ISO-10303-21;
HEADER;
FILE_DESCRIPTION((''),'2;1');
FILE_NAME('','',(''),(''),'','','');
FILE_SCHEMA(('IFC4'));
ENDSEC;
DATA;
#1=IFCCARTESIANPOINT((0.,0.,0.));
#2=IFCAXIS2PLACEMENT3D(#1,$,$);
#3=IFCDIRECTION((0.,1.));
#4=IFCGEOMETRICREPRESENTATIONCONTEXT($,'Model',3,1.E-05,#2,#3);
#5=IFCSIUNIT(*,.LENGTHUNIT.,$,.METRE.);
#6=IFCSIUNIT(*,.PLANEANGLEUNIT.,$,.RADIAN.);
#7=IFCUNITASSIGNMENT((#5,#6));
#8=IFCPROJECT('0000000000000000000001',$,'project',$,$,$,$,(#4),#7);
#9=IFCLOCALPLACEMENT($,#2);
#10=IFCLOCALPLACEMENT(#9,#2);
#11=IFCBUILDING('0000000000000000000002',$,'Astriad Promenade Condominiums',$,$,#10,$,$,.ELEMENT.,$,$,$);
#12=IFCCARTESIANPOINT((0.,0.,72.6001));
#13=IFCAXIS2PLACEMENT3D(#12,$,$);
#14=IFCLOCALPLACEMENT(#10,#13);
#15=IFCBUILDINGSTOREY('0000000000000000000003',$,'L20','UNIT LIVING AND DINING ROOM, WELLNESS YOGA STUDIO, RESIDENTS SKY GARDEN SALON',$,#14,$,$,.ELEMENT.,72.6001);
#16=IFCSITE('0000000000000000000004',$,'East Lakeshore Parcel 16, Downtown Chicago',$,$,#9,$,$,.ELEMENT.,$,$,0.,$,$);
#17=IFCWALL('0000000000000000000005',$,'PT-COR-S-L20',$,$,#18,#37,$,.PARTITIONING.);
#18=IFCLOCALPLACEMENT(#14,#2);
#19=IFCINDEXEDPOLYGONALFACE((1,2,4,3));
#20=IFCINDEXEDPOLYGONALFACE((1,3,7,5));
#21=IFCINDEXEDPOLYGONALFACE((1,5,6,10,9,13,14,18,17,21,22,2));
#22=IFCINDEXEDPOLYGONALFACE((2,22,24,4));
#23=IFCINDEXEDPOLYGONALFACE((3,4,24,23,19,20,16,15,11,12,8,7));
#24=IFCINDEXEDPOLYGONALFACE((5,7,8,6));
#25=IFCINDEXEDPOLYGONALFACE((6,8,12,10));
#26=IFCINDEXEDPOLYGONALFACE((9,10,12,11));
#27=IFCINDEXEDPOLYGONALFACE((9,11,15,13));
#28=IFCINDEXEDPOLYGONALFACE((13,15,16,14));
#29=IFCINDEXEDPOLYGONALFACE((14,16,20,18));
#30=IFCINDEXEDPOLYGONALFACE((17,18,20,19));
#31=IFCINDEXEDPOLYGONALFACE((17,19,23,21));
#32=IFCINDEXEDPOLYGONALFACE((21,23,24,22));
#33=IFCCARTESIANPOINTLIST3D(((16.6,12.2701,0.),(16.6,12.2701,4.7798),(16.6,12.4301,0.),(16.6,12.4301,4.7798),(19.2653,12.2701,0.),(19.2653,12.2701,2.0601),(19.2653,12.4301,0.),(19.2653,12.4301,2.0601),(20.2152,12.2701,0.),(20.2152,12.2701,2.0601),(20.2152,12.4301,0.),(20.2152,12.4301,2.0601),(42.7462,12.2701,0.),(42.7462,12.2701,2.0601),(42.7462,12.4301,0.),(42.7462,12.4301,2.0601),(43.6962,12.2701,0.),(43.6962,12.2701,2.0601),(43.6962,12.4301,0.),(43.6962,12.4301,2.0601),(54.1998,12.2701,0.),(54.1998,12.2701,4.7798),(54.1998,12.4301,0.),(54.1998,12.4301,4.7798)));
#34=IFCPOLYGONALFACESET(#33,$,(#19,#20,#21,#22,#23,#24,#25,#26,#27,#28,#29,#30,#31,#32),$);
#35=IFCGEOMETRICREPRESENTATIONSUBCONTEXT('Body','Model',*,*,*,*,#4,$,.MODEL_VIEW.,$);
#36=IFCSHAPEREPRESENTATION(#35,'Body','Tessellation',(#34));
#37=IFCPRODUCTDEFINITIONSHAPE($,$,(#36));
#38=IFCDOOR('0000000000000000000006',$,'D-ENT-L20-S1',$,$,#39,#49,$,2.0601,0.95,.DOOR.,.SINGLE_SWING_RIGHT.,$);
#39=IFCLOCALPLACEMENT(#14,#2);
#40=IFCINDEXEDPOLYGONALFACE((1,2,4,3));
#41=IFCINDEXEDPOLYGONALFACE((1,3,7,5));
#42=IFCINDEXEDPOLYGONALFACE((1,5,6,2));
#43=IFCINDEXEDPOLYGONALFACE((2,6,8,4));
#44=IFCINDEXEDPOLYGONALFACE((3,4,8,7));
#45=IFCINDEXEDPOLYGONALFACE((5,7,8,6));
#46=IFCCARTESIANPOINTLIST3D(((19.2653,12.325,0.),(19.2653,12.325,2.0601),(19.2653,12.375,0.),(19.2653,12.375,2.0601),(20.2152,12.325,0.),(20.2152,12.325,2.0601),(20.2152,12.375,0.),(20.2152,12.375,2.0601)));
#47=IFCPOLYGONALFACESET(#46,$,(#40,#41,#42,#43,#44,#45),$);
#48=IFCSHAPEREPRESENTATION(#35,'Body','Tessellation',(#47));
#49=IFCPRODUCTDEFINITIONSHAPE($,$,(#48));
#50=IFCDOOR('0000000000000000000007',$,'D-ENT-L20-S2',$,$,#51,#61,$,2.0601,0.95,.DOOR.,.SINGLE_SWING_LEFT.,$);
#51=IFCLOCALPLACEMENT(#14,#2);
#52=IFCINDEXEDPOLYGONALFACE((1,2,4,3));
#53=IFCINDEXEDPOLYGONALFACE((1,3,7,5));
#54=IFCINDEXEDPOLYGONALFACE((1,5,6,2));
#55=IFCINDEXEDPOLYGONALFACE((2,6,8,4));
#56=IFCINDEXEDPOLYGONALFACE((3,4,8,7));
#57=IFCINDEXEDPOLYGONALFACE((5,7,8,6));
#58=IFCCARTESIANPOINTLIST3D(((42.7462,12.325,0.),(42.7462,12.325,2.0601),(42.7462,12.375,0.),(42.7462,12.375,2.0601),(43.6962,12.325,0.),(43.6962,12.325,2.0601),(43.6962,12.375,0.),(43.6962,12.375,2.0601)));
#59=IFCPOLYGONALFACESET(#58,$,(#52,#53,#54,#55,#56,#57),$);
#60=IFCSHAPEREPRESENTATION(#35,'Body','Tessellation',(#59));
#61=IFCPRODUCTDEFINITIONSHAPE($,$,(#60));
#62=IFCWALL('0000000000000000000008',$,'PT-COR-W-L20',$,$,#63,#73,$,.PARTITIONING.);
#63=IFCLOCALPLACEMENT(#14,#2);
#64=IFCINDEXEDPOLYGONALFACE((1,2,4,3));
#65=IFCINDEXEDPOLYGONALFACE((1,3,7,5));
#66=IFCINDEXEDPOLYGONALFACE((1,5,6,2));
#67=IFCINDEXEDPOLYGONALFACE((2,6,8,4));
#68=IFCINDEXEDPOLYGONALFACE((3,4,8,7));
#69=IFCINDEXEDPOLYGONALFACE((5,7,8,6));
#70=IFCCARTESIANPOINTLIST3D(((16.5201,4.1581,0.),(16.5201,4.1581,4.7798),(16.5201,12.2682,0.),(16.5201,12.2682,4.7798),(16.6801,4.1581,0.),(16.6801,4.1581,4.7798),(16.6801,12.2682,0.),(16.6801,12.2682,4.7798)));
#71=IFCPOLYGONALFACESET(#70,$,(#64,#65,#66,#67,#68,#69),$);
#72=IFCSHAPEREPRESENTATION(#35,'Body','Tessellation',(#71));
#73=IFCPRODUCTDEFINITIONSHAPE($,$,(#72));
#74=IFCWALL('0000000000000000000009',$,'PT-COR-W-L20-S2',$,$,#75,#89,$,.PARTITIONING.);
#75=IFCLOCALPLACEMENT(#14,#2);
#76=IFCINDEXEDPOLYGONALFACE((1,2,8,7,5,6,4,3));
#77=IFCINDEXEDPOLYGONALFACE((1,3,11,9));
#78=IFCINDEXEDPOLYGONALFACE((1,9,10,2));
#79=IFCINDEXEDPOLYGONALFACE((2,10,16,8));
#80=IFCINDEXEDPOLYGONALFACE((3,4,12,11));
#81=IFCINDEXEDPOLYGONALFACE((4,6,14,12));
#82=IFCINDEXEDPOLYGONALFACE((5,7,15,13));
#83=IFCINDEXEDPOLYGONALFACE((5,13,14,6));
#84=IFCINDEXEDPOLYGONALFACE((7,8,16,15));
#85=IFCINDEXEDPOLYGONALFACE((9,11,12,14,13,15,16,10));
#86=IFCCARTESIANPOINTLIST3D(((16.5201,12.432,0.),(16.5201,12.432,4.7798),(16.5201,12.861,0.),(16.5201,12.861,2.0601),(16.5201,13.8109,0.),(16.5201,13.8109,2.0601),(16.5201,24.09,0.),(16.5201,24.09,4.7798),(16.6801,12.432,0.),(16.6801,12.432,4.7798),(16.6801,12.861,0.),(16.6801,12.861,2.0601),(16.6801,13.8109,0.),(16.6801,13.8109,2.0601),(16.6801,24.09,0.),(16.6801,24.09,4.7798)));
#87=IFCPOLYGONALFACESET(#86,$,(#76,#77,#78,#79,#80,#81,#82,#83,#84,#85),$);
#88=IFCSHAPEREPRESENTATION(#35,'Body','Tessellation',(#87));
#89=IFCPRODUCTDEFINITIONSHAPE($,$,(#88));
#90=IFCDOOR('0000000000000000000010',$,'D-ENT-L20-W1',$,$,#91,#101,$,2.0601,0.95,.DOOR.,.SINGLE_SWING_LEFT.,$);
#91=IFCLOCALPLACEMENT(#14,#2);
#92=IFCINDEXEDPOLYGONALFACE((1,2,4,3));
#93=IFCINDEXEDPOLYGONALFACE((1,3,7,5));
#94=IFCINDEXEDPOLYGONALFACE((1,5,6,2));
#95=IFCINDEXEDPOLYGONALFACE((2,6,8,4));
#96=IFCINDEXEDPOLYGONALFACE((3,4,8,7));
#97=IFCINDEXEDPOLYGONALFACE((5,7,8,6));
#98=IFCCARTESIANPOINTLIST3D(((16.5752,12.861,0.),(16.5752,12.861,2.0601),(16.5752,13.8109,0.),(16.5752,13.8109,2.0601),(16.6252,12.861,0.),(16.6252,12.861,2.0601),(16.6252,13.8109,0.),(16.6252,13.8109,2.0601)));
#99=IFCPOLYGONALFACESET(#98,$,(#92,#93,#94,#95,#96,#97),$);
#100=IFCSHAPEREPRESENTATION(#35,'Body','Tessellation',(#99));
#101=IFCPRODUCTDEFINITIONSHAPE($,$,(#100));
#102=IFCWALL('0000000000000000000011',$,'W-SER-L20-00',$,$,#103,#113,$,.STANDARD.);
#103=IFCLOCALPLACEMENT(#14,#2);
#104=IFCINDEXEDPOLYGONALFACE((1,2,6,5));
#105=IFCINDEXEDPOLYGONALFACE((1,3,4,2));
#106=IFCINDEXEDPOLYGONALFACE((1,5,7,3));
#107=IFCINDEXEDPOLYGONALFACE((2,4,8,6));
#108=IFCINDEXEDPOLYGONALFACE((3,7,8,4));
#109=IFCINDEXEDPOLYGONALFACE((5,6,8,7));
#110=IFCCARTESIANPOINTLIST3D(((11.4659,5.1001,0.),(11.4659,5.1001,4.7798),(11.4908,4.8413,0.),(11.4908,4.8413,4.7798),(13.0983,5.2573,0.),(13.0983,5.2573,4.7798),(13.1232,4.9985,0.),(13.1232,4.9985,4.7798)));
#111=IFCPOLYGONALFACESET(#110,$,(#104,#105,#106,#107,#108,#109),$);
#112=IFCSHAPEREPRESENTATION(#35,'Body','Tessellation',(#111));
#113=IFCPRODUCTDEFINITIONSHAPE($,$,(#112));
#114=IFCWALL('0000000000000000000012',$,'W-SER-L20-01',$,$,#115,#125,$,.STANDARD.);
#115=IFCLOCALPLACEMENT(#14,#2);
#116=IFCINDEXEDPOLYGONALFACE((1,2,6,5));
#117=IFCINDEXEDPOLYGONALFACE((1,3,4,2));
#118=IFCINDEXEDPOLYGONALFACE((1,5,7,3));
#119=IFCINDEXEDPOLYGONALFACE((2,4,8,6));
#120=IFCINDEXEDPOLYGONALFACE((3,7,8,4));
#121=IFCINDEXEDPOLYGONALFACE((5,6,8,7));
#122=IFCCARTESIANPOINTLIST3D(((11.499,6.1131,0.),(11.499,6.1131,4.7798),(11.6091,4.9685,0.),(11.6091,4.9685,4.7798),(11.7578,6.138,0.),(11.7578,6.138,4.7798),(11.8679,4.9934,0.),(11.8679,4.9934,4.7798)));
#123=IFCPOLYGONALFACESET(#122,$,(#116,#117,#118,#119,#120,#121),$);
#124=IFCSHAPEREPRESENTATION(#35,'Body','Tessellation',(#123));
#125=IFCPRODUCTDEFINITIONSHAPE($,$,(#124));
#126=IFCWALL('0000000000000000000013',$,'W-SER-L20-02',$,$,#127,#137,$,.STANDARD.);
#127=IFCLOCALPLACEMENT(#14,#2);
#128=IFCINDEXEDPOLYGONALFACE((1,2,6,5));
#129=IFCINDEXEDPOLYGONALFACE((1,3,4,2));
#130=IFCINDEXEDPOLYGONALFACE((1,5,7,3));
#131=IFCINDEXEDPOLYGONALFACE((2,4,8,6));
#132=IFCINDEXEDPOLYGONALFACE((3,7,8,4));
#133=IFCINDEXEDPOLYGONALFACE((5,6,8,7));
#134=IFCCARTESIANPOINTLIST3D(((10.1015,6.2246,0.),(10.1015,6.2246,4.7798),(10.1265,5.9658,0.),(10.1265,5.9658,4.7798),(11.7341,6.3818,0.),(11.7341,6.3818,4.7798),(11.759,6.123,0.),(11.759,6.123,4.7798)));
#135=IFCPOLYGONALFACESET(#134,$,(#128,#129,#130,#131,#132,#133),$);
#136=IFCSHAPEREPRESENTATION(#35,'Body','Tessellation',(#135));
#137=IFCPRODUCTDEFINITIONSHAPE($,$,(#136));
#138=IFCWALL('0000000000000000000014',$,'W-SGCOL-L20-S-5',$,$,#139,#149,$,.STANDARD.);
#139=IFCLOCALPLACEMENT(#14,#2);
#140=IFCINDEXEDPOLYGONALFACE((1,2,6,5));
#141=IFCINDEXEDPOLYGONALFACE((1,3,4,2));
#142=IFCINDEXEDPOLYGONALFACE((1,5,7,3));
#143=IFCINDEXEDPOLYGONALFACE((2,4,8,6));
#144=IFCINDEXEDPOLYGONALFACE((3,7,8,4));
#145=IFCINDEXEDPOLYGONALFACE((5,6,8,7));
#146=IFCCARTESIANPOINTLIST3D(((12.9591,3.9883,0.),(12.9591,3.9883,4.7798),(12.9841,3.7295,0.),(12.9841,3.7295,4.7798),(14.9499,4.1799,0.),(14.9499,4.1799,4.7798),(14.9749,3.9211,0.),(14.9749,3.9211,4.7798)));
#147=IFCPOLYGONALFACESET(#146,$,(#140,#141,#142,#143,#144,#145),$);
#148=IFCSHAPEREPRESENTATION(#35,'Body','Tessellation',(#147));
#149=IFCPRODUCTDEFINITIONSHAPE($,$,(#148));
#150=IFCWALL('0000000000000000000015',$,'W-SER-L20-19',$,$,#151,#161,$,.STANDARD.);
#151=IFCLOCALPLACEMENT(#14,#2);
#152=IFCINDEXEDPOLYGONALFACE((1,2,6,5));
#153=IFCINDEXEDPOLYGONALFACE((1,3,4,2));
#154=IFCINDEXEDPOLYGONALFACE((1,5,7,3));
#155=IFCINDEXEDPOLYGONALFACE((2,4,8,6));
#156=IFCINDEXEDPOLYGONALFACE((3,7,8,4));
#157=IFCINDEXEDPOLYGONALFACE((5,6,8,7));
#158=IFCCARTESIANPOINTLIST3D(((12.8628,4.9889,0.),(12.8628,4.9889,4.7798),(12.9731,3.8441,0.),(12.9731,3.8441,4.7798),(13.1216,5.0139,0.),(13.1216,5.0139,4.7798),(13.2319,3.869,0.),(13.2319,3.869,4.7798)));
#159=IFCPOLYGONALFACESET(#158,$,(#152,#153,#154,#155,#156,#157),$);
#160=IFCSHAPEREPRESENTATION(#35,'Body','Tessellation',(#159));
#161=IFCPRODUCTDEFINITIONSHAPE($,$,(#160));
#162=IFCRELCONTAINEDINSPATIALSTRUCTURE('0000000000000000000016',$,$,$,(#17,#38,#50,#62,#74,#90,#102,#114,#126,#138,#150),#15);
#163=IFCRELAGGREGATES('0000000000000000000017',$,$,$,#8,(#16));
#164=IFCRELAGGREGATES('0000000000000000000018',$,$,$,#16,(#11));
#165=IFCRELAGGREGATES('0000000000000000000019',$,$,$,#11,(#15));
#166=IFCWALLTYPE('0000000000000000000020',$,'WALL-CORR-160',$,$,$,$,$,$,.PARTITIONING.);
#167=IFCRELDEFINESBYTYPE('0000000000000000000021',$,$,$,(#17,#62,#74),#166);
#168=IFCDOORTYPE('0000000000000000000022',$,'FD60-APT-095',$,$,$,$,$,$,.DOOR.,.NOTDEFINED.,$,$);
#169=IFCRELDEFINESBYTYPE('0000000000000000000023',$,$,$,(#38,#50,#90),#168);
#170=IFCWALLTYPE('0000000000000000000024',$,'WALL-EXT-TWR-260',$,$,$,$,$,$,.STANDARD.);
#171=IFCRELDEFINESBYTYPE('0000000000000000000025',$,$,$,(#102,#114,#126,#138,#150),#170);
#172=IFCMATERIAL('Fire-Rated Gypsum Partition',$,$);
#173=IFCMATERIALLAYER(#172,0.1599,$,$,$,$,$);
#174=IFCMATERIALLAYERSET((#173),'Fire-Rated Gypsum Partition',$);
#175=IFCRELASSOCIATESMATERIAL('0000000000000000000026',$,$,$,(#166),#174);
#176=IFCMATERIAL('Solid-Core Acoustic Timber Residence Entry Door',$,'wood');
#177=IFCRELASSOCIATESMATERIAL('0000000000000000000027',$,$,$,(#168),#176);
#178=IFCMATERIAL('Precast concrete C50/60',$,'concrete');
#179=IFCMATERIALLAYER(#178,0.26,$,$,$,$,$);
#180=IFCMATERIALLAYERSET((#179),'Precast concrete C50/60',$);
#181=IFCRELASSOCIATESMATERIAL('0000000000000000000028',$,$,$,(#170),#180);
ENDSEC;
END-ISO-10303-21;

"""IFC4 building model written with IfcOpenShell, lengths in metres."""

from ifc_helpers import new_model, si_unit, direction, frame, frame_2d, origin, place, context, subcontext, project, spatial, rectangle, extrude, source, transform, mapped, material, layer, layer_set, type_object, type_shapes, element, fill, save


model = new_model("IFC4")

# Units and contexts
model_context = context("Model", 3, precision=1e-05, world=origin(), true_north=direction((0.0, 1.0)))
body_context = subcontext(model_context, "Body", "Model", "MODEL_VIEW")
ifc_project = project(units=[si_unit("LENGTHUNIT", "METRE"), si_unit("PLANEANGLEUNIT", "RADIAN")], contexts=[model_context])

# Site, building, storey
site_placement = place(None, origin())
site = spatial("IfcSite", under=ifc_project, at=site_placement, Name="East Lakeshore Parcel 16, Downtown Chicago", CompositionType="ELEMENT", RefElevation=0.0)
building_placement = place(site_placement, origin())
building = spatial("IfcBuilding", under=site, at=building_placement, Name="Astriad Promenade Condominiums", CompositionType="ELEMENT")
storey_placement = place(building_placement, frame((0.0, 0.0, 72.6001)))
storey = spatial("IfcBuildingStorey", under=building, at=storey_placement, Name="L20", Description="UNIT LIVING AND DINING ROOM, WELLNESS YOGA STUDIO, RESIDENTS SKY GARDEN SALON", CompositionType="ELEMENT", Elevation=72.6001)

# Wall, openings, doors
ifc_material_1 = material(Name="Fire-Rated Gypsum Partition")
ifc_layer_1 = layer(ifc_material_1, 0.1599)
ifc_layer_set_1 = layer_set([ifc_layer_1], Name="Fire-Rated Gypsum Partition")
wall_type_1 = type_object("IfcWallType", Name="WALL-CORR-160", PredefinedType="PARTITIONING", material=ifc_layer_set_1)
wall_1_placement = place(storey_placement, frame((16.6001, 12.3501, 0.0), z_axis=(0.0, 0.0, 1.0), x_axis=(1.0, 0.0, 0.0)))
wall_1 = element("IfcWall", 1, at=wall_1_placement, inside=storey, type_object=wall_type_1, Name="PT-COR-S-L20", PredefinedType="PARTITIONING", context=body_context, shape_type="SweptSolid", body=[
    extrude(rectangle(XDim=37.5999, YDim=0.1599, at=frame_2d((18.7998, 0.0))), origin(), (0.0, 0.0, 1.0), 4.7798),
])
opening_1_placement = place(wall_1_placement, frame((2.665, 0.0, 0.0)))
opening_1 = element("IfcOpeningElement", 2, at=opening_1_placement, cuts=wall_1, PredefinedType="OPENING", context=body_context, shape_type="SweptSolid", body=[
    extrude(rectangle(XDim=0.95, YDim=2.0601, at=frame_2d((0.4751, 1.03))), frame((0.0, 0.0898, 0.0), z_axis=(0.0, -1.0, 0.0), x_axis=(1.0, 0.0, 0.0)), (0.0, 0.0, 1.0), 0.1799),
])
opening_2_placement = place(wall_1_placement, frame((26.146, 0.0, 0.0)))
opening_2 = element("IfcOpeningElement", 3, at=opening_2_placement, cuts=wall_1, PredefinedType="OPENING", context=body_context, shape_type="SweptSolid", body=[
    extrude(rectangle(XDim=0.95, YDim=2.0601, at=frame_2d((0.4751, 1.03))), frame((0.0, 0.0898, 0.0), z_axis=(0.0, -1.0, 0.0), x_axis=(1.0, 0.0, 0.0)), (0.0, 0.0, 1.0), 0.1799),
])
ifc_material_2 = material(Name="Solid-Core Acoustic Timber Residence Entry Door", Category="wood")
door_type_1 = type_object("IfcDoorType", Name="FD60-APT-095", OperationType="NOTDEFINED", PredefinedType="DOOR", material=ifc_material_2)
shared_shape_1 = source(origin(), body_context, "Body", "SweptSolid", [
    extrude(rectangle(XDim=0.95, YDim=2.0601, at=frame_2d((0.4751, 1.03))), frame((0.0, 0.0249, 0.0), z_axis=(0.0, -1.0, 0.0), x_axis=(1.0, 0.0, 0.0)), (0.0, 0.0, 1.0), 0.05),
])
type_shapes(door_type_1, [shared_shape_1])
door_1_placement = place(opening_1_placement, origin())
door_1 = element("IfcDoor", 4, at=door_1_placement, inside=storey, type_object=door_type_1, Name="D-ENT-L20-S1", OperationType="SINGLE_SWING_RIGHT", OverallHeight=2.0601, OverallWidth=0.95, PredefinedType="DOOR", context=body_context, shape_type="MappedRepresentation", body=[
    mapped(shared_shape_1, transform((0.0, 0.0, 0.0), scale=1.0)),
])
fill(opening_1, door_1)
door_2_placement = place(opening_2_placement, origin())
door_2 = element("IfcDoor", 5, at=door_2_placement, inside=storey, type_object=door_type_1, Name="D-ENT-L20-S2", OperationType="SINGLE_SWING_LEFT", OverallHeight=2.0601, OverallWidth=0.95, PredefinedType="DOOR", context=body_context, shape_type="MappedRepresentation", body=[
    mapped(shared_shape_1, transform((0.0, 0.0, 0.0), scale=1.0)),
])
fill(opening_2, door_2)

# Wall
wall_2_placement = place(storey_placement, frame((16.6001, 4.158, 0.0), z_axis=(0.0, 0.0, 1.0), x_axis=(0.0, 1.0, 0.0)))
element("IfcWall", 6, at=wall_2_placement, inside=storey, type_object=wall_type_1, Name="PT-COR-W-L20", PredefinedType="PARTITIONING", context=body_context, shape_type="SweptSolid", body=[
    extrude(rectangle(XDim=8.1101, YDim=0.1599, at=frame_2d((4.0552, 0.0))), origin(), (0.0, 0.0, 1.0), 4.7798),
])

# Wall, opening, door
wall_3_placement = place(storey_placement, frame((16.6001, 12.4319, 0.0), z_axis=(0.0, 0.0, 1.0), x_axis=(0.0, 1.0, 0.0)))
wall_3 = element("IfcWall", 7, at=wall_3_placement, inside=storey, type_object=wall_type_1, Name="PT-COR-W-L20-S2", PredefinedType="PARTITIONING", context=body_context, shape_type="SweptSolid", body=[
    extrude(rectangle(XDim=11.658, YDim=0.1599, at=frame_2d((5.8291, 0.0))), origin(), (0.0, 0.0, 1.0), 4.7798),
])
opening_3_placement = place(wall_3_placement, frame((0.429, 0.0, 0.0)))
opening_3 = element("IfcOpeningElement", 8, at=opening_3_placement, cuts=wall_3, PredefinedType="OPENING", context=body_context, shape_type="SweptSolid", body=[
    extrude(rectangle(XDim=0.95, YDim=2.0601, at=frame_2d((0.4751, 1.03))), frame((0.0, 0.0898, 0.0), z_axis=(0.0, -1.0, 0.0), x_axis=(1.0, 0.0, 0.0)), (0.0, 0.0, 1.0), 0.1799),
])
door_3_placement = place(opening_3_placement, origin())
door_3 = element("IfcDoor", 9, at=door_3_placement, inside=storey, type_object=door_type_1, Name="D-ENT-L20-W1", OperationType="SINGLE_SWING_LEFT", OverallHeight=2.0601, OverallWidth=0.95, PredefinedType="DOOR", context=body_context, shape_type="MappedRepresentation", body=[
    mapped(shared_shape_1, transform((0.0, 0.0, 0.0), scale=1.0)),
])
fill(opening_3, door_3)

# Walls
ifc_material_3 = material(Name="Precast concrete C50/60", Category="concrete")
ifc_layer_2 = layer(ifc_material_3, 0.26)
ifc_layer_set_2 = layer_set([ifc_layer_2], Name="Precast concrete C50/60")
wall_type_2 = type_object("IfcWallType", Name="WALL-EXT-TWR-260", PredefinedType="STANDARD", material=ifc_layer_set_2)
wall_4_placement = place(storey_placement, frame((13.1106, 5.1279, 0.0), z_axis=(0.0, 0.0, 1.0), x_axis=(-0.995393, -0.095877, 0.0)))
element("IfcWall", 10, at=wall_4_placement, inside=storey, type_object=wall_type_2, Name="W-SER-L20-00", PredefinedType="STANDARD", context=body_context, shape_type="SweptSolid", body=[
    extrude(rectangle(XDim=1.6399, YDim=0.26, at=frame_2d((0.8198, 0.0))), origin(), (0.0, 0.0, 1.0), 4.7798),
])
wall_5_placement = place(storey_placement, frame((11.7385, 4.981, 0.0), z_axis=(0.0, 0.0, 1.0), x_axis=(-0.095761, 0.995404, 0.0)))
element("IfcWall", 11, at=wall_5_placement, inside=storey, type_object=wall_type_2, Name="W-SER-L20-01", PredefinedType="STANDARD", context=body_context, shape_type="SweptSolid", body=[
    extrude(rectangle(XDim=1.1499, YDim=0.26, at=frame_2d((0.575, 0.0))), origin(), (0.0, 0.0, 1.0), 4.7798),
])
wall_6_placement = place(storey_placement, frame((11.7466, 6.2524, 0.0), z_axis=(0.0, 0.0, 1.0), x_axis=(-0.995395, -0.095863, 0.0)))
element("IfcWall", 12, at=wall_6_placement, inside=storey, type_object=wall_type_2, Name="W-SER-L20-02", PredefinedType="STANDARD", context=body_context, shape_type="SweptSolid", body=[
    extrude(rectangle(XDim=1.6401, YDim=0.26, at=frame_2d((0.8201, 0.0))), origin(), (0.0, 0.0, 1.0), 4.7798),
])
wall_7_placement = place(storey_placement, frame((14.9624, 4.0505, 0.0), z_axis=(0.0, 0.0, 1.0), x_axis=(-0.995398, -0.095829, 0.0)))
element("IfcWall", 13, at=wall_7_placement, inside=storey, type_object=wall_type_2, Name="W-SGCOL-L20-S-5", PredefinedType="STANDARD", context=body_context, shape_type="SweptSolid", body=[
    extrude(rectangle(XDim=2.0, YDim=0.26, at=frame_2d((1.0, 0.0))), origin(), (0.0, 0.0, 1.0), 4.7798),
])
wall_8_placement = place(storey_placement, frame((13.1025, 3.8564, 0.0), z_axis=(0.0, 0.0, 1.0), x_axis=(-0.095951, 0.995386, 0.0)))
element("IfcWall", 14, at=wall_8_placement, inside=storey, type_object=wall_type_2, Name="W-SER-L20-19", PredefinedType="STANDARD", context=body_context, shape_type="SweptSolid", body=[
    extrude(rectangle(XDim=1.1501, YDim=0.26, at=frame_2d((0.5752, 0.0))), origin(), (0.0, 0.0, 1.0), 4.7798),
])

save(model, "model.ifc")
